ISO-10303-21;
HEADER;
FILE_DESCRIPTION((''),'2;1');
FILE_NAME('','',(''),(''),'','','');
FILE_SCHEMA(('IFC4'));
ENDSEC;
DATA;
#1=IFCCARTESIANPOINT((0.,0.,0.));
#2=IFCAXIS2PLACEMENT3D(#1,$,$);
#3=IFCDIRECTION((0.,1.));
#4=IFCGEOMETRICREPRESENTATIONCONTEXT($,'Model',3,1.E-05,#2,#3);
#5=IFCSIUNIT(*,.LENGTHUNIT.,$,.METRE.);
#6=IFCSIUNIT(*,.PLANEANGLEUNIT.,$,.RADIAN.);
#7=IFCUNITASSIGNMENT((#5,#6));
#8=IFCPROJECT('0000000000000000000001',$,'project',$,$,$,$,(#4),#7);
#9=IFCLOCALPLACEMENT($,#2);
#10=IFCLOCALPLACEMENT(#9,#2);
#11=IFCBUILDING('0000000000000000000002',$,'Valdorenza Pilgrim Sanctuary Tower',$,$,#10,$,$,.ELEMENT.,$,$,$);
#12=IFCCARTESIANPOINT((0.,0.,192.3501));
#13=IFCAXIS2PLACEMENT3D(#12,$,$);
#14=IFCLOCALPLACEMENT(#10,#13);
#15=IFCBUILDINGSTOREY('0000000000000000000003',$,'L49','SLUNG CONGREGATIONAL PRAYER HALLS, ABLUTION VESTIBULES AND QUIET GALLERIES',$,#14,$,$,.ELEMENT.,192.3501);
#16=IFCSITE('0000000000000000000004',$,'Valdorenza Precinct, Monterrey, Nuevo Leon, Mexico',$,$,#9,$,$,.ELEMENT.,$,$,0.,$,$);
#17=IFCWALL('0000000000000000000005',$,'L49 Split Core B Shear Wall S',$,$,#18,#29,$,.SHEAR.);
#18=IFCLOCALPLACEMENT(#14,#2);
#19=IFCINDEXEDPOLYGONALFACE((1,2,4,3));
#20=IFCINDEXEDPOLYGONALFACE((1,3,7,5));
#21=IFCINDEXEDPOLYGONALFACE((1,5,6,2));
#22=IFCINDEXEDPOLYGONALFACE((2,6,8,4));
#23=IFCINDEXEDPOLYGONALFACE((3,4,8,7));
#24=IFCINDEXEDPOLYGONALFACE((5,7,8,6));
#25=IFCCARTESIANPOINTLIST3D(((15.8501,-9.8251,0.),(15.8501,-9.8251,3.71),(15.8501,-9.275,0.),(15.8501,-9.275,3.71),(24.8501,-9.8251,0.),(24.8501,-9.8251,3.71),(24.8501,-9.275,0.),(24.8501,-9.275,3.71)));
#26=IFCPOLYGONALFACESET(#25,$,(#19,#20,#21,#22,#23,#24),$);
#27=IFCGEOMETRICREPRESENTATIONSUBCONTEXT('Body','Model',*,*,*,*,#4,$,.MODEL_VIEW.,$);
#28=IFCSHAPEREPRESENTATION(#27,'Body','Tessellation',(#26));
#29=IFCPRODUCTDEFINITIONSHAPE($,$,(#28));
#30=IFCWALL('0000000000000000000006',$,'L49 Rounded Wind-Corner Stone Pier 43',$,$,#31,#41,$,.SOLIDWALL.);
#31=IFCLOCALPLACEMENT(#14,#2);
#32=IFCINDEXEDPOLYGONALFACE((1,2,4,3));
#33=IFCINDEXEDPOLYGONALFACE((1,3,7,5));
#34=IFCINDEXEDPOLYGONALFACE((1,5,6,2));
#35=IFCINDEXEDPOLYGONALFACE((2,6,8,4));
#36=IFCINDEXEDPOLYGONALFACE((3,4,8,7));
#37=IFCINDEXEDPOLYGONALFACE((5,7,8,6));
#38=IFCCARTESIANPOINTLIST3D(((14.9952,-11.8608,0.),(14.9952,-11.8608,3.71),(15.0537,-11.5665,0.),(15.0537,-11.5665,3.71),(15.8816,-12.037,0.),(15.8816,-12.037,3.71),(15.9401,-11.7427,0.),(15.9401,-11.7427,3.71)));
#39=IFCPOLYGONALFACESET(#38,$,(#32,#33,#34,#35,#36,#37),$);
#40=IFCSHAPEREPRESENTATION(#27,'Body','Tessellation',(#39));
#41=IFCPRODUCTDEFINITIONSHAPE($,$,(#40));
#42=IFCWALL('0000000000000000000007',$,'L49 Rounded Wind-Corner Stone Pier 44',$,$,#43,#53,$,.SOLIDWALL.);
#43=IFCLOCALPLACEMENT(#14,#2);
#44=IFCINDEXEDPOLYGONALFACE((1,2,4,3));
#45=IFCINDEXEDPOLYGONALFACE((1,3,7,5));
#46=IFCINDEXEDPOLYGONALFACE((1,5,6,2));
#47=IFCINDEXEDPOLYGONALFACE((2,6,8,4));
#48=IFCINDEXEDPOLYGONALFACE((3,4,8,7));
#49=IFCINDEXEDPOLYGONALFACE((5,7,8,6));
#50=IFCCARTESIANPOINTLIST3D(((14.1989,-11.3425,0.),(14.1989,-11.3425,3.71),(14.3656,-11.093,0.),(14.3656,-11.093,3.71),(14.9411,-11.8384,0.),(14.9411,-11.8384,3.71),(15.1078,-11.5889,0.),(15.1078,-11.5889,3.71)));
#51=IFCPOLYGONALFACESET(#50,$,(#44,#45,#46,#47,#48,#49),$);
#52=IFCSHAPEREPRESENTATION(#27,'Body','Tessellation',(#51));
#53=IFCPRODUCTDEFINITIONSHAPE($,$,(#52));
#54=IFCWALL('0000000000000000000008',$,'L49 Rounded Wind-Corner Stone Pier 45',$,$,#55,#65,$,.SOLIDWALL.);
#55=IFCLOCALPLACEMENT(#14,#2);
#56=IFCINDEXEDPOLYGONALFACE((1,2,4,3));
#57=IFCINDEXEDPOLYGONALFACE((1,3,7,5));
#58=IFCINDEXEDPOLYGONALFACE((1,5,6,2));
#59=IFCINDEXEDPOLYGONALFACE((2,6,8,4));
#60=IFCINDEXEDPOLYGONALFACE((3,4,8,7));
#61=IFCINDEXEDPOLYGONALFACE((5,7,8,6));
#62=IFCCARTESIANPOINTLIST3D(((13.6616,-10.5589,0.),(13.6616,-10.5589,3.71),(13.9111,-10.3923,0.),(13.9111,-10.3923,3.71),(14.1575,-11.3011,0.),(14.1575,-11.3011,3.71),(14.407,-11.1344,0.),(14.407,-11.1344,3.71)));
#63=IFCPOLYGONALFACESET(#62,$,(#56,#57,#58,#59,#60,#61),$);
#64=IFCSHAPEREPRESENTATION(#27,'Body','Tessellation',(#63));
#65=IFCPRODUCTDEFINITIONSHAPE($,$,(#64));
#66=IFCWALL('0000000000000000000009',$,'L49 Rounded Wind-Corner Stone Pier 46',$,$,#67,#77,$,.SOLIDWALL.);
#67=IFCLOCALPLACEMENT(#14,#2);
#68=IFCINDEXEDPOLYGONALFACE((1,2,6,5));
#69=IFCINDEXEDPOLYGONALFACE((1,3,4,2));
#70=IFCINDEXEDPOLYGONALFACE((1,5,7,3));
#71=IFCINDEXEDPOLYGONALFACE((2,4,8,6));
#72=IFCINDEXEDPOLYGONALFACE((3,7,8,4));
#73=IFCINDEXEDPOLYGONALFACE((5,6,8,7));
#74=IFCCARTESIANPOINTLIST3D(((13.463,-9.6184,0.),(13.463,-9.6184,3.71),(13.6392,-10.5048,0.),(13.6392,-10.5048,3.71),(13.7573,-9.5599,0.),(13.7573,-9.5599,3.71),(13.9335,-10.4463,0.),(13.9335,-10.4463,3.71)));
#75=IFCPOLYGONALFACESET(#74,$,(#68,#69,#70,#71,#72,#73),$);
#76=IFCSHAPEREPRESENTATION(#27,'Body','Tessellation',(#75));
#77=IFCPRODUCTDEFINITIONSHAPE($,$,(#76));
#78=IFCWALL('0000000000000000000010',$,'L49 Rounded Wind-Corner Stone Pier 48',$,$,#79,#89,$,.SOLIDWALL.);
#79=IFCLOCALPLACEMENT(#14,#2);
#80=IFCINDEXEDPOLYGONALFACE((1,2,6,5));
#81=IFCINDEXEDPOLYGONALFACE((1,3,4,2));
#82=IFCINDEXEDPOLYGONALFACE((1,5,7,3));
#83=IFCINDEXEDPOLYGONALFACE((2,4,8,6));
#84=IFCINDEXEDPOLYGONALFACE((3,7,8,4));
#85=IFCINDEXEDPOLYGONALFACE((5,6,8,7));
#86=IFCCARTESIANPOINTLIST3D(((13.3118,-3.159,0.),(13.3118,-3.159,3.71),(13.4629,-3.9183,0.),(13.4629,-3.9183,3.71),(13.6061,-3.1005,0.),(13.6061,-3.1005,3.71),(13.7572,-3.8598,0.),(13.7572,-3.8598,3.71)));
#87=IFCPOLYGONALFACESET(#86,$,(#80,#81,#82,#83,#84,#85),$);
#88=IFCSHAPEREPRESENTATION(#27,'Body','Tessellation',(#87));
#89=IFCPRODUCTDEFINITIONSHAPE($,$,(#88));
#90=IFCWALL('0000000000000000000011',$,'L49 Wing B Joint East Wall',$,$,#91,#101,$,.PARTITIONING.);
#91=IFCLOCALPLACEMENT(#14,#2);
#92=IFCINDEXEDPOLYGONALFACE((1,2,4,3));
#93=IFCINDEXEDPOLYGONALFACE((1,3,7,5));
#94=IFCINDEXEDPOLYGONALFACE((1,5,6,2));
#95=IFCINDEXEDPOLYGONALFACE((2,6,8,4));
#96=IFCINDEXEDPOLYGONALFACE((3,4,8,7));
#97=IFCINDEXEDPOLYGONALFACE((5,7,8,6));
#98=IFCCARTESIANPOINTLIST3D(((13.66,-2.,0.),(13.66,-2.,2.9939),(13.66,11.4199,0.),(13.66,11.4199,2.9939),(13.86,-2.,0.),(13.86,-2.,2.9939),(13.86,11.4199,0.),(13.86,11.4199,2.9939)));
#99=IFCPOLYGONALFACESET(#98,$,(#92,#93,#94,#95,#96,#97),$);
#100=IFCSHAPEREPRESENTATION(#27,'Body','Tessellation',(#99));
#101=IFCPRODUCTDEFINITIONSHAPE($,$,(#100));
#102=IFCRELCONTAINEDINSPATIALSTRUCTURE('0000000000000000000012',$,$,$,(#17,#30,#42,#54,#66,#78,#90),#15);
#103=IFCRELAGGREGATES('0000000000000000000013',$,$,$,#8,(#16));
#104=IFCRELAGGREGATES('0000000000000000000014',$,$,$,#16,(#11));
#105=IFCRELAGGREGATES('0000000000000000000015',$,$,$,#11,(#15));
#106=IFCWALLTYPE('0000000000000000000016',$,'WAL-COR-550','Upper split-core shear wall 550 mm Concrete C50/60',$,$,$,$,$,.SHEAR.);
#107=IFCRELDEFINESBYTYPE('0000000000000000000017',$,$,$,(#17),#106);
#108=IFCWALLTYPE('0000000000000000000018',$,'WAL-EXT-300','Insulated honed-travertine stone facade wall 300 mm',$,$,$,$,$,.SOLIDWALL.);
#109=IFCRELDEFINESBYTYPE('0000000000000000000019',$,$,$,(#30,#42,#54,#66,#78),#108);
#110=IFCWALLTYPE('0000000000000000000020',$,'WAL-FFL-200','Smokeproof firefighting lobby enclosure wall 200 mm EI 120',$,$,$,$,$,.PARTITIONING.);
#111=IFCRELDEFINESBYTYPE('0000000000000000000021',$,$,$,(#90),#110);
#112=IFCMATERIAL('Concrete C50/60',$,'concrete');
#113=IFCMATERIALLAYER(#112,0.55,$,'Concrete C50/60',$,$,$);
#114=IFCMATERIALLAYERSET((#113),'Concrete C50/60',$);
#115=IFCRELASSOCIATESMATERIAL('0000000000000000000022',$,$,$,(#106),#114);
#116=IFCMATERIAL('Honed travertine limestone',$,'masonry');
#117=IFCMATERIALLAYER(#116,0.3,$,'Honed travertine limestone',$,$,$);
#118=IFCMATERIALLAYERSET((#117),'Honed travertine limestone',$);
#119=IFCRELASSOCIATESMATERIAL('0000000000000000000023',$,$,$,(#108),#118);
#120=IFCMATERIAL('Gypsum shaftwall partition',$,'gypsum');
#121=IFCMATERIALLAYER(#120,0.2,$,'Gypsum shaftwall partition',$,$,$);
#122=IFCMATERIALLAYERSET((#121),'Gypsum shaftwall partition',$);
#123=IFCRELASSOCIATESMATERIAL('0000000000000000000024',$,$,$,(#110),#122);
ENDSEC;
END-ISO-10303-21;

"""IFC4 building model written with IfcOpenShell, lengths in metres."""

from ifc_helpers import new_model, si_unit, direction, frame, frame_2d, origin, place, context, subcontext, project, spatial, rectangle, extrude, material, layer, layer_set, type_object, element, save


model = new_model("IFC4")

# Units and contexts
model_context = context("Model", 3, precision=1e-05, world=origin(), true_north=direction((0.0, 1.0)))
body_context = subcontext(model_context, "Body", "Model", "MODEL_VIEW")
ifc_project = project(units=[si_unit("LENGTHUNIT", "METRE"), si_unit("PLANEANGLEUNIT", "RADIAN")], contexts=[model_context])

# Site, building, storey
site_placement = place(None, origin())
site = spatial("IfcSite", under=ifc_project, at=site_placement, Name="Valdorenza Precinct, Monterrey, Nuevo Leon, Mexico", CompositionType="ELEMENT", RefElevation=0.0)
building_placement = place(site_placement, origin())
building = spatial("IfcBuilding", under=site, at=building_placement, Name="Valdorenza Pilgrim Sanctuary Tower", CompositionType="ELEMENT")
storey_placement = place(building_placement, frame((0.0, 0.0, 192.3501)))
storey = spatial("IfcBuildingStorey", under=building, at=storey_placement, Name="L49", Description="SLUNG CONGREGATIONAL PRAYER HALLS, ABLUTION VESTIBULES AND QUIET GALLERIES", CompositionType="ELEMENT", Elevation=192.3501)

# Shared definitions
ifc_material_1 = material(Name="Concrete C50/60", Category="concrete")

# Walls
ifc_layer_1 = layer(ifc_material_1, 0.55, Name="Concrete C50/60")
ifc_layer_set_1 = layer_set([ifc_layer_1], Name="Concrete C50/60")
wall_type_1 = type_object("IfcWallType", Name="WAL-COR-550", Description="Upper split-core shear wall 550 mm Concrete C50/60", PredefinedType="SHEAR", material=ifc_layer_set_1)
wall_1_placement = place(storey_placement, frame((15.8501, -9.55, 0.0), z_axis=(0.0, 0.0, 1.0), x_axis=(1.0, 0.0, 0.0)))
element("IfcWall", 1, at=wall_1_placement, inside=storey, type_object=wall_type_1, Name="L49 Split Core B Shear Wall S", PredefinedType="SHEAR", context=body_context, shape_type="SweptSolid", body=[
    extrude(rectangle(XDim=9.0, YDim=0.55, at=frame_2d((4.5, 0.0))), origin(), (0.0, 0.0, 1.0), 3.71),
])
ifc_material_2 = material(Name="Honed travertine limestone", Category="masonry")
ifc_layer_2 = layer(ifc_material_2, 0.3, Name="Honed travertine limestone")
ifc_layer_set_2 = layer_set([ifc_layer_2], Name="Honed travertine limestone")
wall_type_2 = type_object("IfcWallType", Name="WAL-EXT-300", Description="Insulated honed-travertine stone facade wall 300 mm", PredefinedType="SOLIDWALL", material=ifc_layer_set_2)
wall_2_placement = place(storey_placement, frame((15.9109, -11.8899, 0.0), z_axis=(0.0, 0.0, 1.0), x_axis=(-0.980798, 0.195025, 0.0)))
element("IfcWall", 2, at=wall_2_placement, inside=storey, type_object=wall_type_2, Name="L49 Rounded Wind-Corner Stone Pier 43", PredefinedType="SOLIDWALL", context=body_context, shape_type="SweptSolid", body=[
    extrude(rectangle(XDim=0.9038, YDim=0.3, at=frame_2d((0.4519, 0.0))), origin(), (0.0, 0.0, 1.0), 3.71),
])
for number, where, z_axis, x_axis, name in (
    (3, (15.0244, -11.7136, 0.0), (0.0, 0.0, 1.0), (-0.831503, 0.55552, 0.0), "L49 Rounded Wind-Corner Stone Pier 44"),
    (4, (14.2822, -11.2178, 0.0), (0.0, 0.0, 1.0), (-0.55552, 0.831503, 0.0), "L49 Rounded Wind-Corner Stone Pier 45"),
):
    element("IfcWall", number, at=place(storey_placement, frame(where, z_axis=z_axis, x_axis=x_axis)), inside=storey, type_object=wall_type_2, Name=name, PredefinedType="SOLIDWALL", context=body_context, shape_type="SweptSolid", body=[
        extrude(rectangle(XDim=0.8926, YDim=0.3, at=frame_2d((0.4463, 0.0))), origin(), (0.0, 0.0, 1.0), 3.71),
    ])
wall_3_placement = place(storey_placement, frame((13.7864, -10.4756, 0.0), z_axis=(0.0, 0.0, 1.0), x_axis=(-0.195025, 0.980798, 0.0)))
element("IfcWall", 5, at=wall_3_placement, inside=storey, type_object=wall_type_2, Name="L49 Rounded Wind-Corner Stone Pier 46", PredefinedType="SOLIDWALL", context=body_context, shape_type="SweptSolid", body=[
    extrude(rectangle(XDim=0.9038, YDim=0.3, at=frame_2d((0.4519, 0.0))), origin(), (0.0, 0.0, 1.0), 3.71),
])
wall_4_placement = place(storey_placement, frame((13.6101, -3.8892, 0.0), z_axis=(0.0, 0.0, 1.0), x_axis=(-0.195206, 0.980762, 0.0)))
element("IfcWall", 6, at=wall_4_placement, inside=storey, type_object=wall_type_2, Name="L49 Rounded Wind-Corner Stone Pier 48", PredefinedType="SOLIDWALL", context=body_context, shape_type="SweptSolid", body=[
    extrude(rectangle(XDim=0.7742, YDim=0.3, at=frame_2d((0.3872, 0.0))), origin(), (0.0, 0.0, 1.0), 3.71),
])
ifc_material_3 = material(Name="Gypsum shaftwall partition", Category="gypsum")
ifc_layer_3 = layer(ifc_material_3, 0.2, Name="Gypsum shaftwall partition")
ifc_layer_set_3 = layer_set([ifc_layer_3], Name="Gypsum shaftwall partition")
wall_type_3 = type_object("IfcWallType", Name="WAL-FFL-200", Description="Smokeproof firefighting lobby enclosure wall 200 mm EI 120", PredefinedType="PARTITIONING", material=ifc_layer_set_3)
wall_5_placement = place(storey_placement, frame((13.76, -2.0, 0.0), z_axis=(0.0, 0.0, 1.0), x_axis=(0.0, 1.0, 0.0)))
element("IfcWall", 7, at=wall_5_placement, inside=storey, type_object=wall_type_3, Name="L49 Wing B Joint East Wall", PredefinedType="PARTITIONING", context=body_context, shape_type="SweptSolid", body=[
    extrude(rectangle(XDim=13.4199, YDim=0.2, at=frame_2d((6.71, 0.0))), origin(), (0.0, 0.0, 1.0), 2.9939),
])

save(model, "model.ifc")
